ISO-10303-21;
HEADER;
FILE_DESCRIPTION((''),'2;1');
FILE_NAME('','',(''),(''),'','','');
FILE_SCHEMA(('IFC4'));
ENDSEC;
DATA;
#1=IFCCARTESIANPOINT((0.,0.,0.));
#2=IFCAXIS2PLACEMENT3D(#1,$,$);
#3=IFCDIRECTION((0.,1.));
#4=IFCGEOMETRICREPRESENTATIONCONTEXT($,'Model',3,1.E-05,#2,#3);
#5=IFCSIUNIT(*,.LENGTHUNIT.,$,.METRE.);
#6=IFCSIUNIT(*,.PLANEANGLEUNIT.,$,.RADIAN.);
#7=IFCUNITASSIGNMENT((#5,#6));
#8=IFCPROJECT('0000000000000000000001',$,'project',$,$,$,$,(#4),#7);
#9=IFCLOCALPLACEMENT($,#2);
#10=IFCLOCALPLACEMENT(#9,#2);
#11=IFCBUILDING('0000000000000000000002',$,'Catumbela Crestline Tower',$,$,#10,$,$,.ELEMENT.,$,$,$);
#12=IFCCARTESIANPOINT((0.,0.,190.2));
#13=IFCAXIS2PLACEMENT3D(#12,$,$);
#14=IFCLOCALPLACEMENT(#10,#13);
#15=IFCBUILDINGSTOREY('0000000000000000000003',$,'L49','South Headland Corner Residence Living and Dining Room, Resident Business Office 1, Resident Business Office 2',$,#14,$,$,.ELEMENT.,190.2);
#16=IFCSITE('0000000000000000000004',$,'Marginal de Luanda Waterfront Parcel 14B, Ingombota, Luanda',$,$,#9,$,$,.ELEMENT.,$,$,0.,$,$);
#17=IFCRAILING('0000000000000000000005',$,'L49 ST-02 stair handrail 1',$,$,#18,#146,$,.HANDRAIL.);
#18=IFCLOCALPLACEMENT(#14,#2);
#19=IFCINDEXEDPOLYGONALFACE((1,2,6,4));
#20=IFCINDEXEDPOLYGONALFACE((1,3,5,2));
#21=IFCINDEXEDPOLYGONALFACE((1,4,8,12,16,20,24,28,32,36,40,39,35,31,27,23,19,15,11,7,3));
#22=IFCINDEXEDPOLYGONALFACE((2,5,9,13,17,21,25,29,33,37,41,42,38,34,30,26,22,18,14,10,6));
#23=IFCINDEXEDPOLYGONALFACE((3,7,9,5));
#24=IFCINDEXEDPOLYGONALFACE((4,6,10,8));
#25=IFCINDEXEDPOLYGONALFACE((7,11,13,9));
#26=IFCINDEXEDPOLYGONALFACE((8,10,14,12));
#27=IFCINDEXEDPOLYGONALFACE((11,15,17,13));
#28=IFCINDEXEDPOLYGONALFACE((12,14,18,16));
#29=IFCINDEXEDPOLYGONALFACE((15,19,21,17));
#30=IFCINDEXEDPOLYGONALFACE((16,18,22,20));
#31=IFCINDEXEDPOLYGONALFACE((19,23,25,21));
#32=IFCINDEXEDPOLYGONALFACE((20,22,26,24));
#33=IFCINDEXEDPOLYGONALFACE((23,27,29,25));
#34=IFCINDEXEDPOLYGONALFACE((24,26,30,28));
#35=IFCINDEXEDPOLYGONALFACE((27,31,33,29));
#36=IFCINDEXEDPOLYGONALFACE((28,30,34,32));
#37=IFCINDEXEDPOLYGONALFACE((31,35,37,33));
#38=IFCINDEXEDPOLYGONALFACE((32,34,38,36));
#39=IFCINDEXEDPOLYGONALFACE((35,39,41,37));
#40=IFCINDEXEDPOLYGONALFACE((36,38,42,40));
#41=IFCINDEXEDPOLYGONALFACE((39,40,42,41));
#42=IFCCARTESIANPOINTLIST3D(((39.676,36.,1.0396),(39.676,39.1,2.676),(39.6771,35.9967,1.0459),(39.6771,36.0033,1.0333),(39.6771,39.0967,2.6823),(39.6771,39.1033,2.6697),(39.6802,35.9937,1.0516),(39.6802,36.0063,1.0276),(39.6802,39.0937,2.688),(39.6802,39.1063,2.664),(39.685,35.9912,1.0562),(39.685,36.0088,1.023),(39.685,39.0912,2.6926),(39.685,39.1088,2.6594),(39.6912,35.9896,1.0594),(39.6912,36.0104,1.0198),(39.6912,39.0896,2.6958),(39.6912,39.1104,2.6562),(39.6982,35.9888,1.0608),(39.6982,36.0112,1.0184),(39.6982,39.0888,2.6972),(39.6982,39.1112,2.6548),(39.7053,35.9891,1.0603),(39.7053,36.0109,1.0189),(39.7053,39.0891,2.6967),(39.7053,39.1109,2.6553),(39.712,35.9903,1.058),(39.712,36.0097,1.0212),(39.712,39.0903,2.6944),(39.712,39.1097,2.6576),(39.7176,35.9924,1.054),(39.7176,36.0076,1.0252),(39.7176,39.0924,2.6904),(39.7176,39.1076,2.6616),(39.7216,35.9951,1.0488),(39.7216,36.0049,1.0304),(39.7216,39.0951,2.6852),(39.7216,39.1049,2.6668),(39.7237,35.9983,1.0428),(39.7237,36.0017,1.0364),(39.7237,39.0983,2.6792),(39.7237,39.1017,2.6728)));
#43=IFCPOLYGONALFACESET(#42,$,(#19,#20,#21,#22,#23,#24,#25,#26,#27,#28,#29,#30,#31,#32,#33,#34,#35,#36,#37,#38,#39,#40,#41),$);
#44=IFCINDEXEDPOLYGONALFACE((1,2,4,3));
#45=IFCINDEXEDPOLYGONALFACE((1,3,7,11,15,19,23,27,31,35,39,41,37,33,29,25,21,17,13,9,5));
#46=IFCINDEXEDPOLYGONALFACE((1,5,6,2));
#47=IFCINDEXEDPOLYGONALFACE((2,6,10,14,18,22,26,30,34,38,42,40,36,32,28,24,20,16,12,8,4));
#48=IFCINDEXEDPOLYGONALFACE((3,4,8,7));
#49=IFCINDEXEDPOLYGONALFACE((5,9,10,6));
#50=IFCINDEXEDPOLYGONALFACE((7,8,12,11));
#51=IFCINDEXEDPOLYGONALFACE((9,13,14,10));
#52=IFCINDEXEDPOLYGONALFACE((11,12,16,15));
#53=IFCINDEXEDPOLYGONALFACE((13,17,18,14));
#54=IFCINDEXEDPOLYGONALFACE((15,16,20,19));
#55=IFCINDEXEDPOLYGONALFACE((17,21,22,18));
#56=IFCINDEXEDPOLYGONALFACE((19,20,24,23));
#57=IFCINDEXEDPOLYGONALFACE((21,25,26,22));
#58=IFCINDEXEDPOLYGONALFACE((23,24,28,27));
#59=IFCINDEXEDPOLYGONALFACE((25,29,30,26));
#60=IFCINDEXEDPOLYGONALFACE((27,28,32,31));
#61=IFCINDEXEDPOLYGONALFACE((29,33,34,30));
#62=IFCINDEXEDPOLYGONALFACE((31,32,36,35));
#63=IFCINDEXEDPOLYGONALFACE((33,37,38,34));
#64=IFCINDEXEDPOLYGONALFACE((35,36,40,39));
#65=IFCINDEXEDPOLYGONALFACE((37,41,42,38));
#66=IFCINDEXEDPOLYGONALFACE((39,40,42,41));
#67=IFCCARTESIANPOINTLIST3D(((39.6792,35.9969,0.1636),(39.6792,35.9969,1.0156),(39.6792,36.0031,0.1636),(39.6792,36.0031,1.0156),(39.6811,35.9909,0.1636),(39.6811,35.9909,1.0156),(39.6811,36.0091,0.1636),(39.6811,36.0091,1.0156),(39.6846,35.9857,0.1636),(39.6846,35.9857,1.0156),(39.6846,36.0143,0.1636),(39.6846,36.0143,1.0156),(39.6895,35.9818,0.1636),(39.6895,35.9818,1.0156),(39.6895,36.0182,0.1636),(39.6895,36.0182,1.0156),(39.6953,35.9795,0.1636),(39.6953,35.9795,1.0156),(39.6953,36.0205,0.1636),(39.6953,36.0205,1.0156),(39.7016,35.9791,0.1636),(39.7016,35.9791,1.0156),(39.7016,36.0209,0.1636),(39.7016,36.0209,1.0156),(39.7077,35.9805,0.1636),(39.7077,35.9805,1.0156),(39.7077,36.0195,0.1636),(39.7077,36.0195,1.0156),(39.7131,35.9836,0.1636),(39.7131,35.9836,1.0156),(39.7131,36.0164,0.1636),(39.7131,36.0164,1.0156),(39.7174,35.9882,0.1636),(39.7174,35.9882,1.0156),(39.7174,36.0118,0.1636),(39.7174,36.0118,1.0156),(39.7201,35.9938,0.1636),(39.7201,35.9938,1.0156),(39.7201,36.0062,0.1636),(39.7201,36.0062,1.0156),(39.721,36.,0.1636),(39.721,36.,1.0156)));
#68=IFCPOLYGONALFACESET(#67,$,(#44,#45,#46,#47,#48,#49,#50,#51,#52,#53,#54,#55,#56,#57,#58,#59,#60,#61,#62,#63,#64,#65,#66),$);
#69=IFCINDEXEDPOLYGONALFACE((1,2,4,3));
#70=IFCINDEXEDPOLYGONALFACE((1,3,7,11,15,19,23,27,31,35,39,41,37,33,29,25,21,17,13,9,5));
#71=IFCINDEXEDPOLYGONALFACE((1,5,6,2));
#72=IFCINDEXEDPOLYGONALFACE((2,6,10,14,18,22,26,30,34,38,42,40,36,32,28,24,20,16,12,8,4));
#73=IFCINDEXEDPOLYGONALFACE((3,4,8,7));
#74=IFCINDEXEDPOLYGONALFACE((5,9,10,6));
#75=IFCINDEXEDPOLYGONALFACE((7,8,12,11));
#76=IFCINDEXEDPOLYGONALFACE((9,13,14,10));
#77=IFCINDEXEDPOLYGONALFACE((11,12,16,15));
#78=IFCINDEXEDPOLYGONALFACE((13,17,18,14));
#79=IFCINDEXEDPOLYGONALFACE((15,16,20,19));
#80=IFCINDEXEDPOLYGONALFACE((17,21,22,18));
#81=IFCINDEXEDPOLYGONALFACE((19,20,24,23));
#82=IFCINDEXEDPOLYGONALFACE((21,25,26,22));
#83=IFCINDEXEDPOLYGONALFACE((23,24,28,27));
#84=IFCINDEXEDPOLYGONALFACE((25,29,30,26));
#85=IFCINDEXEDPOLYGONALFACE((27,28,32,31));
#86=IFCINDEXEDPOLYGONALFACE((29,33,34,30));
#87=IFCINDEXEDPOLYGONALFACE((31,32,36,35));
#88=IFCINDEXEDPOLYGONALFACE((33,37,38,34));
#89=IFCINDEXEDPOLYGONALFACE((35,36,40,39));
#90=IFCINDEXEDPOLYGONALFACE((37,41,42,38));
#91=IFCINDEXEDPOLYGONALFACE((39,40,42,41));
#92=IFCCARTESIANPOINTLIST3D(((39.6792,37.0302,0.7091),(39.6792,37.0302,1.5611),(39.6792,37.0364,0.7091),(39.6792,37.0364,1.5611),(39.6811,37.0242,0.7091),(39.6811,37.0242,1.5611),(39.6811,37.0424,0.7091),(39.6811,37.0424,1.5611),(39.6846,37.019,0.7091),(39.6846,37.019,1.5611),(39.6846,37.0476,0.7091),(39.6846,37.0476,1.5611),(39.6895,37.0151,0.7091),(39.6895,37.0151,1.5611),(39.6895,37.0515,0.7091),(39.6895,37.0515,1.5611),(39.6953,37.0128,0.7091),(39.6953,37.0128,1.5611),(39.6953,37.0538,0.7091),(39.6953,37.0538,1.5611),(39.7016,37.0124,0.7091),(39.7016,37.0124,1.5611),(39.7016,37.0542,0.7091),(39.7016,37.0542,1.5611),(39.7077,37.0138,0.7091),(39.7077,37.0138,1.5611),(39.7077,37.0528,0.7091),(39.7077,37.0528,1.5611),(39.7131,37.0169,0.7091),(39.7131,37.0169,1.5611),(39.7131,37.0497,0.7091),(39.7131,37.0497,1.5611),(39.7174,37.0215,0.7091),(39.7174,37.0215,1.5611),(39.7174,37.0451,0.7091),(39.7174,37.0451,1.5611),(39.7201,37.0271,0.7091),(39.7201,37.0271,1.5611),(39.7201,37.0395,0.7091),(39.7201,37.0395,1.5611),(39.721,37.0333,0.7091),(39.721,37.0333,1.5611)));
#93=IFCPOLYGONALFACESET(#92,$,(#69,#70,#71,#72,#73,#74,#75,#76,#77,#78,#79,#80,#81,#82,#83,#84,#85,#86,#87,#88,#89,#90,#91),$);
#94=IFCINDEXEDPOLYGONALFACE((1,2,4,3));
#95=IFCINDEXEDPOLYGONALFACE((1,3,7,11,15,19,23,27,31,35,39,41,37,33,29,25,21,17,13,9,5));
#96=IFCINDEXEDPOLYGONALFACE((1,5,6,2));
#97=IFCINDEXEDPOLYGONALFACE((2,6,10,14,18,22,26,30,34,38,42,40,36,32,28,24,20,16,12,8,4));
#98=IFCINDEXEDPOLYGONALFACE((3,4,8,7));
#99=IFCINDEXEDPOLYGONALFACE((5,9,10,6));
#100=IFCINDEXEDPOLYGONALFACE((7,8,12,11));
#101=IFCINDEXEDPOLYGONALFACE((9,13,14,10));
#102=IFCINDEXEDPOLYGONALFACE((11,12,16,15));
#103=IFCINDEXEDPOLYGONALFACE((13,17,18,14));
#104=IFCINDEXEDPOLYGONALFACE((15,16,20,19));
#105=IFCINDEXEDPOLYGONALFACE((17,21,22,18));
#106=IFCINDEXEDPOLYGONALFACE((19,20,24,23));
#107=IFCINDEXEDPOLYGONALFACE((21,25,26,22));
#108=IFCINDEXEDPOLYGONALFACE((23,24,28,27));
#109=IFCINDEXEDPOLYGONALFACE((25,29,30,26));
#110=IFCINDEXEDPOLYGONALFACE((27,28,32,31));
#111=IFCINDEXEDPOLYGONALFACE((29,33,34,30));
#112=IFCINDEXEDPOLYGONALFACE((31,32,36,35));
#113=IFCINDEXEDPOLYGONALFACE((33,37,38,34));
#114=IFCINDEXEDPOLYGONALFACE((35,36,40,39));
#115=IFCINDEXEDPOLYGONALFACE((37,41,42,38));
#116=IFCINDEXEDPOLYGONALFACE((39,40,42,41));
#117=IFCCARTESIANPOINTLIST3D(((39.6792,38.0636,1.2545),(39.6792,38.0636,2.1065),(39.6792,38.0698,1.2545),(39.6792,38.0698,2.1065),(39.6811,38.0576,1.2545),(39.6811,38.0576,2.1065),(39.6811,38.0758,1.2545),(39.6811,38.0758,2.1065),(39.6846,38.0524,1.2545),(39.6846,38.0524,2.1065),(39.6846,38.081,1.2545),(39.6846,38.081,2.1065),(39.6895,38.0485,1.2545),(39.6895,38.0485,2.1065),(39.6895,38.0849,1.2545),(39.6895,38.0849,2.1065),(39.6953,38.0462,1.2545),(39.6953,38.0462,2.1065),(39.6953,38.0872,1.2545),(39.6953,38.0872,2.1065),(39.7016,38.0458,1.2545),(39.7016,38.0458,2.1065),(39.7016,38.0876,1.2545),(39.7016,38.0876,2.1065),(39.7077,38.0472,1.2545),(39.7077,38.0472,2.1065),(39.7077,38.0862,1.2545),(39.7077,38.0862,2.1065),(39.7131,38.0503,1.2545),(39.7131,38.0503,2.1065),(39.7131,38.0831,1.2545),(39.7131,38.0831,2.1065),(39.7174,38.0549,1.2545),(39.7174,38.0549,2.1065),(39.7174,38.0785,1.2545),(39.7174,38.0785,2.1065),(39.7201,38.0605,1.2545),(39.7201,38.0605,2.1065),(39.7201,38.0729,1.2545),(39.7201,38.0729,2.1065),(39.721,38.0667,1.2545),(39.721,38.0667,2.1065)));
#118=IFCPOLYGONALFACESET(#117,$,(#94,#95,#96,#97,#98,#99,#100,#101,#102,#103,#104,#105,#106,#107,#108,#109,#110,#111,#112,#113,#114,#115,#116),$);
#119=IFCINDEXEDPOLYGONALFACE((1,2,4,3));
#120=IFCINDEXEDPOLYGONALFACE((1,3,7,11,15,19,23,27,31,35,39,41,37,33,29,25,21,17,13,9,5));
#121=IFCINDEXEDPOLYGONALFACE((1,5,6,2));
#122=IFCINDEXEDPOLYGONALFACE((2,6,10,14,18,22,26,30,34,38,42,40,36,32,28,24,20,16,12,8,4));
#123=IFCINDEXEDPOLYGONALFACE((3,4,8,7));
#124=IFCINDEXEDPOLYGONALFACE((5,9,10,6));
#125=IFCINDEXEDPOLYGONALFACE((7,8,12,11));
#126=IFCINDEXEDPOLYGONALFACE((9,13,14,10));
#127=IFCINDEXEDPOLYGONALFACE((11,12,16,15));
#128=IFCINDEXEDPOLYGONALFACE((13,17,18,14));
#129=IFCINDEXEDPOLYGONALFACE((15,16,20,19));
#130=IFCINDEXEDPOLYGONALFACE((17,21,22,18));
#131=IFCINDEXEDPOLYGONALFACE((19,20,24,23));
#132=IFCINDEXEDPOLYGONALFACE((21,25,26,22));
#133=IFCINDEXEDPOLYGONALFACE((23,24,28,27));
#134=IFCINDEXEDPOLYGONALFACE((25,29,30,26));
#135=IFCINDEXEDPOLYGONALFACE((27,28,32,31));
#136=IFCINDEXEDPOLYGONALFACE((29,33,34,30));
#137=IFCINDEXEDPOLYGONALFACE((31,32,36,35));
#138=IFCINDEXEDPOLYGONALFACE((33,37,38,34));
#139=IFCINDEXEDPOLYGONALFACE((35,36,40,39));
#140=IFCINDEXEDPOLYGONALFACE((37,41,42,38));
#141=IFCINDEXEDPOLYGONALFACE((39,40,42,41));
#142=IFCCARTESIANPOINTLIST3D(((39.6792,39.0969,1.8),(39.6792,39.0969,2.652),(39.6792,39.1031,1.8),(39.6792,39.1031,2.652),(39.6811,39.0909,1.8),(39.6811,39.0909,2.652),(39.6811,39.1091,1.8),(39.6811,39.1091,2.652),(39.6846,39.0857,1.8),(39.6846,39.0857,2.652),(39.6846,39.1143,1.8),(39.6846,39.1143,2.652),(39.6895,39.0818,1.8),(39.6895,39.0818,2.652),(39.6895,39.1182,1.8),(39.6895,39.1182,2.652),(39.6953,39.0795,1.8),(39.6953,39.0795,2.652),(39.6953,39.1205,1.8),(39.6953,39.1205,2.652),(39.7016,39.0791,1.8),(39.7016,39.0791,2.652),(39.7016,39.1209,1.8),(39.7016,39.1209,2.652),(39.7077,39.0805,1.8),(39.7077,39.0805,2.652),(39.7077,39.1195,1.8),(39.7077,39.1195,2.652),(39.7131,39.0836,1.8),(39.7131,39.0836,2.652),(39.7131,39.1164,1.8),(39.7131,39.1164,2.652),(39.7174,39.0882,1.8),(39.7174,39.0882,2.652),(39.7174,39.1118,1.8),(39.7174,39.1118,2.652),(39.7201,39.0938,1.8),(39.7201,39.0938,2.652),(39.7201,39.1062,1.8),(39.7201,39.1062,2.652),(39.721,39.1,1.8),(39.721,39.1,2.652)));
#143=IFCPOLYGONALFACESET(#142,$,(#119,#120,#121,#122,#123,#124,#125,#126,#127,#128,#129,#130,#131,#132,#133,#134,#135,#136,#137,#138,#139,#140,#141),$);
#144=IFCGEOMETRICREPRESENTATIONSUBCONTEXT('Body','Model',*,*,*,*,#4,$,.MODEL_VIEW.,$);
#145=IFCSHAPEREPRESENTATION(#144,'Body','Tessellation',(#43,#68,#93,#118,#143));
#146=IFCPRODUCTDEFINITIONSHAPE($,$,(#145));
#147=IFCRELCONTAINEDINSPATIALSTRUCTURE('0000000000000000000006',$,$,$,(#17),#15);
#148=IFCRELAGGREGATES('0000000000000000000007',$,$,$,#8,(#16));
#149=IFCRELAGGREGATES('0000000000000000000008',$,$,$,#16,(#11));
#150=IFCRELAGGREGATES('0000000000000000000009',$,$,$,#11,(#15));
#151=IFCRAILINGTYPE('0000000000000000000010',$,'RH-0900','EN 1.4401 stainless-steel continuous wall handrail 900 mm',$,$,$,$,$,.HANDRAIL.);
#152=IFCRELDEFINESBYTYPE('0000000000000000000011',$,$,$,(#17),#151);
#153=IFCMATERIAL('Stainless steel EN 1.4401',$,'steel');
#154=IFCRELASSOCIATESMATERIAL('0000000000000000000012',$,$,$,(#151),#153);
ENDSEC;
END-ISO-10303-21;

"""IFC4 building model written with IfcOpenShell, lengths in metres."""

from ifc_helpers import new_model, si_unit, direction, frame, origin, origin_2d, place, context, subcontext, project, spatial, circle, extrude, material, type_object, element, save


model = new_model("IFC4")

# Units and contexts
model_context = context("Model", 3, precision=1e-05, world=origin(), true_north=direction((0.0, 1.0)))
body_context = subcontext(model_context, "Body", "Model", "MODEL_VIEW")
ifc_project = project(units=[si_unit("LENGTHUNIT", "METRE"), si_unit("PLANEANGLEUNIT", "RADIAN")], contexts=[model_context])

# Site, building, storey
site_placement = place(None, origin())
site = spatial("IfcSite", under=ifc_project, at=site_placement, Name="Marginal de Luanda Waterfront Parcel 14B, Ingombota, Luanda", CompositionType="ELEMENT", RefElevation=0.0)
building_placement = place(site_placement, origin())
building = spatial("IfcBuilding", under=site, at=building_placement, Name="Catumbela Crestline Tower", CompositionType="ELEMENT")
storey_placement = place(building_placement, frame((0.0, 0.0, 190.2)))
storey = spatial("IfcBuildingStorey", under=building, at=storey_placement, Name="L49", Description="South Headland Corner Residence Living and Dining Room, Resident Business Office 1, Resident Business Office 2", CompositionType="ELEMENT", Elevation=190.2)

# Shared definitions
ifc_material_1 = material(Name="Stainless steel EN 1.4401", Category="steel")

# Railing
railing_type_1 = type_object("IfcRailingType", Name="RH-0900", Description="EN 1.4401 stainless-steel continuous wall handrail 900 mm", PredefinedType="HANDRAIL", material=ifc_material_1)
railing_1_placement = place(storey_placement, frame((39.7, 36.0, 0.1636)))
element("IfcRailing", 1, at=railing_1_placement, inside=storey, type_object=railing_type_1, Name="L49 ST-02 stair handrail 1", PredefinedType="HANDRAIL", context=body_context, shape_type="SweptSolid", body=[
    extrude(circle(Radius=0.024, at=origin_2d()), frame((0.0, 0.0, 0.876), z_axis=(0.0, 0.884351, 0.466823), x_axis=(-1.0, 0.0, 0.0)), (0.0, 0.0, 1.0), 3.5054),
    extrude(circle(Radius=0.021, at=origin_2d()), origin(), (0.0, 0.0, 1.0), 0.852),
    extrude(circle(Radius=0.021, at=origin_2d()), frame((0.0, 1.0333, 0.5455)), (0.0, 0.0, 1.0), 0.852),
    extrude(circle(Radius=0.021, at=origin_2d()), frame((0.0, 2.0667, 1.0909)), (0.0, 0.0, 1.0), 0.852),
    extrude(circle(Radius=0.021, at=origin_2d()), frame((0.0, 3.1, 1.6364)), (0.0, 0.0, 1.0), 0.852),
])

save(model, "model.ifc")
